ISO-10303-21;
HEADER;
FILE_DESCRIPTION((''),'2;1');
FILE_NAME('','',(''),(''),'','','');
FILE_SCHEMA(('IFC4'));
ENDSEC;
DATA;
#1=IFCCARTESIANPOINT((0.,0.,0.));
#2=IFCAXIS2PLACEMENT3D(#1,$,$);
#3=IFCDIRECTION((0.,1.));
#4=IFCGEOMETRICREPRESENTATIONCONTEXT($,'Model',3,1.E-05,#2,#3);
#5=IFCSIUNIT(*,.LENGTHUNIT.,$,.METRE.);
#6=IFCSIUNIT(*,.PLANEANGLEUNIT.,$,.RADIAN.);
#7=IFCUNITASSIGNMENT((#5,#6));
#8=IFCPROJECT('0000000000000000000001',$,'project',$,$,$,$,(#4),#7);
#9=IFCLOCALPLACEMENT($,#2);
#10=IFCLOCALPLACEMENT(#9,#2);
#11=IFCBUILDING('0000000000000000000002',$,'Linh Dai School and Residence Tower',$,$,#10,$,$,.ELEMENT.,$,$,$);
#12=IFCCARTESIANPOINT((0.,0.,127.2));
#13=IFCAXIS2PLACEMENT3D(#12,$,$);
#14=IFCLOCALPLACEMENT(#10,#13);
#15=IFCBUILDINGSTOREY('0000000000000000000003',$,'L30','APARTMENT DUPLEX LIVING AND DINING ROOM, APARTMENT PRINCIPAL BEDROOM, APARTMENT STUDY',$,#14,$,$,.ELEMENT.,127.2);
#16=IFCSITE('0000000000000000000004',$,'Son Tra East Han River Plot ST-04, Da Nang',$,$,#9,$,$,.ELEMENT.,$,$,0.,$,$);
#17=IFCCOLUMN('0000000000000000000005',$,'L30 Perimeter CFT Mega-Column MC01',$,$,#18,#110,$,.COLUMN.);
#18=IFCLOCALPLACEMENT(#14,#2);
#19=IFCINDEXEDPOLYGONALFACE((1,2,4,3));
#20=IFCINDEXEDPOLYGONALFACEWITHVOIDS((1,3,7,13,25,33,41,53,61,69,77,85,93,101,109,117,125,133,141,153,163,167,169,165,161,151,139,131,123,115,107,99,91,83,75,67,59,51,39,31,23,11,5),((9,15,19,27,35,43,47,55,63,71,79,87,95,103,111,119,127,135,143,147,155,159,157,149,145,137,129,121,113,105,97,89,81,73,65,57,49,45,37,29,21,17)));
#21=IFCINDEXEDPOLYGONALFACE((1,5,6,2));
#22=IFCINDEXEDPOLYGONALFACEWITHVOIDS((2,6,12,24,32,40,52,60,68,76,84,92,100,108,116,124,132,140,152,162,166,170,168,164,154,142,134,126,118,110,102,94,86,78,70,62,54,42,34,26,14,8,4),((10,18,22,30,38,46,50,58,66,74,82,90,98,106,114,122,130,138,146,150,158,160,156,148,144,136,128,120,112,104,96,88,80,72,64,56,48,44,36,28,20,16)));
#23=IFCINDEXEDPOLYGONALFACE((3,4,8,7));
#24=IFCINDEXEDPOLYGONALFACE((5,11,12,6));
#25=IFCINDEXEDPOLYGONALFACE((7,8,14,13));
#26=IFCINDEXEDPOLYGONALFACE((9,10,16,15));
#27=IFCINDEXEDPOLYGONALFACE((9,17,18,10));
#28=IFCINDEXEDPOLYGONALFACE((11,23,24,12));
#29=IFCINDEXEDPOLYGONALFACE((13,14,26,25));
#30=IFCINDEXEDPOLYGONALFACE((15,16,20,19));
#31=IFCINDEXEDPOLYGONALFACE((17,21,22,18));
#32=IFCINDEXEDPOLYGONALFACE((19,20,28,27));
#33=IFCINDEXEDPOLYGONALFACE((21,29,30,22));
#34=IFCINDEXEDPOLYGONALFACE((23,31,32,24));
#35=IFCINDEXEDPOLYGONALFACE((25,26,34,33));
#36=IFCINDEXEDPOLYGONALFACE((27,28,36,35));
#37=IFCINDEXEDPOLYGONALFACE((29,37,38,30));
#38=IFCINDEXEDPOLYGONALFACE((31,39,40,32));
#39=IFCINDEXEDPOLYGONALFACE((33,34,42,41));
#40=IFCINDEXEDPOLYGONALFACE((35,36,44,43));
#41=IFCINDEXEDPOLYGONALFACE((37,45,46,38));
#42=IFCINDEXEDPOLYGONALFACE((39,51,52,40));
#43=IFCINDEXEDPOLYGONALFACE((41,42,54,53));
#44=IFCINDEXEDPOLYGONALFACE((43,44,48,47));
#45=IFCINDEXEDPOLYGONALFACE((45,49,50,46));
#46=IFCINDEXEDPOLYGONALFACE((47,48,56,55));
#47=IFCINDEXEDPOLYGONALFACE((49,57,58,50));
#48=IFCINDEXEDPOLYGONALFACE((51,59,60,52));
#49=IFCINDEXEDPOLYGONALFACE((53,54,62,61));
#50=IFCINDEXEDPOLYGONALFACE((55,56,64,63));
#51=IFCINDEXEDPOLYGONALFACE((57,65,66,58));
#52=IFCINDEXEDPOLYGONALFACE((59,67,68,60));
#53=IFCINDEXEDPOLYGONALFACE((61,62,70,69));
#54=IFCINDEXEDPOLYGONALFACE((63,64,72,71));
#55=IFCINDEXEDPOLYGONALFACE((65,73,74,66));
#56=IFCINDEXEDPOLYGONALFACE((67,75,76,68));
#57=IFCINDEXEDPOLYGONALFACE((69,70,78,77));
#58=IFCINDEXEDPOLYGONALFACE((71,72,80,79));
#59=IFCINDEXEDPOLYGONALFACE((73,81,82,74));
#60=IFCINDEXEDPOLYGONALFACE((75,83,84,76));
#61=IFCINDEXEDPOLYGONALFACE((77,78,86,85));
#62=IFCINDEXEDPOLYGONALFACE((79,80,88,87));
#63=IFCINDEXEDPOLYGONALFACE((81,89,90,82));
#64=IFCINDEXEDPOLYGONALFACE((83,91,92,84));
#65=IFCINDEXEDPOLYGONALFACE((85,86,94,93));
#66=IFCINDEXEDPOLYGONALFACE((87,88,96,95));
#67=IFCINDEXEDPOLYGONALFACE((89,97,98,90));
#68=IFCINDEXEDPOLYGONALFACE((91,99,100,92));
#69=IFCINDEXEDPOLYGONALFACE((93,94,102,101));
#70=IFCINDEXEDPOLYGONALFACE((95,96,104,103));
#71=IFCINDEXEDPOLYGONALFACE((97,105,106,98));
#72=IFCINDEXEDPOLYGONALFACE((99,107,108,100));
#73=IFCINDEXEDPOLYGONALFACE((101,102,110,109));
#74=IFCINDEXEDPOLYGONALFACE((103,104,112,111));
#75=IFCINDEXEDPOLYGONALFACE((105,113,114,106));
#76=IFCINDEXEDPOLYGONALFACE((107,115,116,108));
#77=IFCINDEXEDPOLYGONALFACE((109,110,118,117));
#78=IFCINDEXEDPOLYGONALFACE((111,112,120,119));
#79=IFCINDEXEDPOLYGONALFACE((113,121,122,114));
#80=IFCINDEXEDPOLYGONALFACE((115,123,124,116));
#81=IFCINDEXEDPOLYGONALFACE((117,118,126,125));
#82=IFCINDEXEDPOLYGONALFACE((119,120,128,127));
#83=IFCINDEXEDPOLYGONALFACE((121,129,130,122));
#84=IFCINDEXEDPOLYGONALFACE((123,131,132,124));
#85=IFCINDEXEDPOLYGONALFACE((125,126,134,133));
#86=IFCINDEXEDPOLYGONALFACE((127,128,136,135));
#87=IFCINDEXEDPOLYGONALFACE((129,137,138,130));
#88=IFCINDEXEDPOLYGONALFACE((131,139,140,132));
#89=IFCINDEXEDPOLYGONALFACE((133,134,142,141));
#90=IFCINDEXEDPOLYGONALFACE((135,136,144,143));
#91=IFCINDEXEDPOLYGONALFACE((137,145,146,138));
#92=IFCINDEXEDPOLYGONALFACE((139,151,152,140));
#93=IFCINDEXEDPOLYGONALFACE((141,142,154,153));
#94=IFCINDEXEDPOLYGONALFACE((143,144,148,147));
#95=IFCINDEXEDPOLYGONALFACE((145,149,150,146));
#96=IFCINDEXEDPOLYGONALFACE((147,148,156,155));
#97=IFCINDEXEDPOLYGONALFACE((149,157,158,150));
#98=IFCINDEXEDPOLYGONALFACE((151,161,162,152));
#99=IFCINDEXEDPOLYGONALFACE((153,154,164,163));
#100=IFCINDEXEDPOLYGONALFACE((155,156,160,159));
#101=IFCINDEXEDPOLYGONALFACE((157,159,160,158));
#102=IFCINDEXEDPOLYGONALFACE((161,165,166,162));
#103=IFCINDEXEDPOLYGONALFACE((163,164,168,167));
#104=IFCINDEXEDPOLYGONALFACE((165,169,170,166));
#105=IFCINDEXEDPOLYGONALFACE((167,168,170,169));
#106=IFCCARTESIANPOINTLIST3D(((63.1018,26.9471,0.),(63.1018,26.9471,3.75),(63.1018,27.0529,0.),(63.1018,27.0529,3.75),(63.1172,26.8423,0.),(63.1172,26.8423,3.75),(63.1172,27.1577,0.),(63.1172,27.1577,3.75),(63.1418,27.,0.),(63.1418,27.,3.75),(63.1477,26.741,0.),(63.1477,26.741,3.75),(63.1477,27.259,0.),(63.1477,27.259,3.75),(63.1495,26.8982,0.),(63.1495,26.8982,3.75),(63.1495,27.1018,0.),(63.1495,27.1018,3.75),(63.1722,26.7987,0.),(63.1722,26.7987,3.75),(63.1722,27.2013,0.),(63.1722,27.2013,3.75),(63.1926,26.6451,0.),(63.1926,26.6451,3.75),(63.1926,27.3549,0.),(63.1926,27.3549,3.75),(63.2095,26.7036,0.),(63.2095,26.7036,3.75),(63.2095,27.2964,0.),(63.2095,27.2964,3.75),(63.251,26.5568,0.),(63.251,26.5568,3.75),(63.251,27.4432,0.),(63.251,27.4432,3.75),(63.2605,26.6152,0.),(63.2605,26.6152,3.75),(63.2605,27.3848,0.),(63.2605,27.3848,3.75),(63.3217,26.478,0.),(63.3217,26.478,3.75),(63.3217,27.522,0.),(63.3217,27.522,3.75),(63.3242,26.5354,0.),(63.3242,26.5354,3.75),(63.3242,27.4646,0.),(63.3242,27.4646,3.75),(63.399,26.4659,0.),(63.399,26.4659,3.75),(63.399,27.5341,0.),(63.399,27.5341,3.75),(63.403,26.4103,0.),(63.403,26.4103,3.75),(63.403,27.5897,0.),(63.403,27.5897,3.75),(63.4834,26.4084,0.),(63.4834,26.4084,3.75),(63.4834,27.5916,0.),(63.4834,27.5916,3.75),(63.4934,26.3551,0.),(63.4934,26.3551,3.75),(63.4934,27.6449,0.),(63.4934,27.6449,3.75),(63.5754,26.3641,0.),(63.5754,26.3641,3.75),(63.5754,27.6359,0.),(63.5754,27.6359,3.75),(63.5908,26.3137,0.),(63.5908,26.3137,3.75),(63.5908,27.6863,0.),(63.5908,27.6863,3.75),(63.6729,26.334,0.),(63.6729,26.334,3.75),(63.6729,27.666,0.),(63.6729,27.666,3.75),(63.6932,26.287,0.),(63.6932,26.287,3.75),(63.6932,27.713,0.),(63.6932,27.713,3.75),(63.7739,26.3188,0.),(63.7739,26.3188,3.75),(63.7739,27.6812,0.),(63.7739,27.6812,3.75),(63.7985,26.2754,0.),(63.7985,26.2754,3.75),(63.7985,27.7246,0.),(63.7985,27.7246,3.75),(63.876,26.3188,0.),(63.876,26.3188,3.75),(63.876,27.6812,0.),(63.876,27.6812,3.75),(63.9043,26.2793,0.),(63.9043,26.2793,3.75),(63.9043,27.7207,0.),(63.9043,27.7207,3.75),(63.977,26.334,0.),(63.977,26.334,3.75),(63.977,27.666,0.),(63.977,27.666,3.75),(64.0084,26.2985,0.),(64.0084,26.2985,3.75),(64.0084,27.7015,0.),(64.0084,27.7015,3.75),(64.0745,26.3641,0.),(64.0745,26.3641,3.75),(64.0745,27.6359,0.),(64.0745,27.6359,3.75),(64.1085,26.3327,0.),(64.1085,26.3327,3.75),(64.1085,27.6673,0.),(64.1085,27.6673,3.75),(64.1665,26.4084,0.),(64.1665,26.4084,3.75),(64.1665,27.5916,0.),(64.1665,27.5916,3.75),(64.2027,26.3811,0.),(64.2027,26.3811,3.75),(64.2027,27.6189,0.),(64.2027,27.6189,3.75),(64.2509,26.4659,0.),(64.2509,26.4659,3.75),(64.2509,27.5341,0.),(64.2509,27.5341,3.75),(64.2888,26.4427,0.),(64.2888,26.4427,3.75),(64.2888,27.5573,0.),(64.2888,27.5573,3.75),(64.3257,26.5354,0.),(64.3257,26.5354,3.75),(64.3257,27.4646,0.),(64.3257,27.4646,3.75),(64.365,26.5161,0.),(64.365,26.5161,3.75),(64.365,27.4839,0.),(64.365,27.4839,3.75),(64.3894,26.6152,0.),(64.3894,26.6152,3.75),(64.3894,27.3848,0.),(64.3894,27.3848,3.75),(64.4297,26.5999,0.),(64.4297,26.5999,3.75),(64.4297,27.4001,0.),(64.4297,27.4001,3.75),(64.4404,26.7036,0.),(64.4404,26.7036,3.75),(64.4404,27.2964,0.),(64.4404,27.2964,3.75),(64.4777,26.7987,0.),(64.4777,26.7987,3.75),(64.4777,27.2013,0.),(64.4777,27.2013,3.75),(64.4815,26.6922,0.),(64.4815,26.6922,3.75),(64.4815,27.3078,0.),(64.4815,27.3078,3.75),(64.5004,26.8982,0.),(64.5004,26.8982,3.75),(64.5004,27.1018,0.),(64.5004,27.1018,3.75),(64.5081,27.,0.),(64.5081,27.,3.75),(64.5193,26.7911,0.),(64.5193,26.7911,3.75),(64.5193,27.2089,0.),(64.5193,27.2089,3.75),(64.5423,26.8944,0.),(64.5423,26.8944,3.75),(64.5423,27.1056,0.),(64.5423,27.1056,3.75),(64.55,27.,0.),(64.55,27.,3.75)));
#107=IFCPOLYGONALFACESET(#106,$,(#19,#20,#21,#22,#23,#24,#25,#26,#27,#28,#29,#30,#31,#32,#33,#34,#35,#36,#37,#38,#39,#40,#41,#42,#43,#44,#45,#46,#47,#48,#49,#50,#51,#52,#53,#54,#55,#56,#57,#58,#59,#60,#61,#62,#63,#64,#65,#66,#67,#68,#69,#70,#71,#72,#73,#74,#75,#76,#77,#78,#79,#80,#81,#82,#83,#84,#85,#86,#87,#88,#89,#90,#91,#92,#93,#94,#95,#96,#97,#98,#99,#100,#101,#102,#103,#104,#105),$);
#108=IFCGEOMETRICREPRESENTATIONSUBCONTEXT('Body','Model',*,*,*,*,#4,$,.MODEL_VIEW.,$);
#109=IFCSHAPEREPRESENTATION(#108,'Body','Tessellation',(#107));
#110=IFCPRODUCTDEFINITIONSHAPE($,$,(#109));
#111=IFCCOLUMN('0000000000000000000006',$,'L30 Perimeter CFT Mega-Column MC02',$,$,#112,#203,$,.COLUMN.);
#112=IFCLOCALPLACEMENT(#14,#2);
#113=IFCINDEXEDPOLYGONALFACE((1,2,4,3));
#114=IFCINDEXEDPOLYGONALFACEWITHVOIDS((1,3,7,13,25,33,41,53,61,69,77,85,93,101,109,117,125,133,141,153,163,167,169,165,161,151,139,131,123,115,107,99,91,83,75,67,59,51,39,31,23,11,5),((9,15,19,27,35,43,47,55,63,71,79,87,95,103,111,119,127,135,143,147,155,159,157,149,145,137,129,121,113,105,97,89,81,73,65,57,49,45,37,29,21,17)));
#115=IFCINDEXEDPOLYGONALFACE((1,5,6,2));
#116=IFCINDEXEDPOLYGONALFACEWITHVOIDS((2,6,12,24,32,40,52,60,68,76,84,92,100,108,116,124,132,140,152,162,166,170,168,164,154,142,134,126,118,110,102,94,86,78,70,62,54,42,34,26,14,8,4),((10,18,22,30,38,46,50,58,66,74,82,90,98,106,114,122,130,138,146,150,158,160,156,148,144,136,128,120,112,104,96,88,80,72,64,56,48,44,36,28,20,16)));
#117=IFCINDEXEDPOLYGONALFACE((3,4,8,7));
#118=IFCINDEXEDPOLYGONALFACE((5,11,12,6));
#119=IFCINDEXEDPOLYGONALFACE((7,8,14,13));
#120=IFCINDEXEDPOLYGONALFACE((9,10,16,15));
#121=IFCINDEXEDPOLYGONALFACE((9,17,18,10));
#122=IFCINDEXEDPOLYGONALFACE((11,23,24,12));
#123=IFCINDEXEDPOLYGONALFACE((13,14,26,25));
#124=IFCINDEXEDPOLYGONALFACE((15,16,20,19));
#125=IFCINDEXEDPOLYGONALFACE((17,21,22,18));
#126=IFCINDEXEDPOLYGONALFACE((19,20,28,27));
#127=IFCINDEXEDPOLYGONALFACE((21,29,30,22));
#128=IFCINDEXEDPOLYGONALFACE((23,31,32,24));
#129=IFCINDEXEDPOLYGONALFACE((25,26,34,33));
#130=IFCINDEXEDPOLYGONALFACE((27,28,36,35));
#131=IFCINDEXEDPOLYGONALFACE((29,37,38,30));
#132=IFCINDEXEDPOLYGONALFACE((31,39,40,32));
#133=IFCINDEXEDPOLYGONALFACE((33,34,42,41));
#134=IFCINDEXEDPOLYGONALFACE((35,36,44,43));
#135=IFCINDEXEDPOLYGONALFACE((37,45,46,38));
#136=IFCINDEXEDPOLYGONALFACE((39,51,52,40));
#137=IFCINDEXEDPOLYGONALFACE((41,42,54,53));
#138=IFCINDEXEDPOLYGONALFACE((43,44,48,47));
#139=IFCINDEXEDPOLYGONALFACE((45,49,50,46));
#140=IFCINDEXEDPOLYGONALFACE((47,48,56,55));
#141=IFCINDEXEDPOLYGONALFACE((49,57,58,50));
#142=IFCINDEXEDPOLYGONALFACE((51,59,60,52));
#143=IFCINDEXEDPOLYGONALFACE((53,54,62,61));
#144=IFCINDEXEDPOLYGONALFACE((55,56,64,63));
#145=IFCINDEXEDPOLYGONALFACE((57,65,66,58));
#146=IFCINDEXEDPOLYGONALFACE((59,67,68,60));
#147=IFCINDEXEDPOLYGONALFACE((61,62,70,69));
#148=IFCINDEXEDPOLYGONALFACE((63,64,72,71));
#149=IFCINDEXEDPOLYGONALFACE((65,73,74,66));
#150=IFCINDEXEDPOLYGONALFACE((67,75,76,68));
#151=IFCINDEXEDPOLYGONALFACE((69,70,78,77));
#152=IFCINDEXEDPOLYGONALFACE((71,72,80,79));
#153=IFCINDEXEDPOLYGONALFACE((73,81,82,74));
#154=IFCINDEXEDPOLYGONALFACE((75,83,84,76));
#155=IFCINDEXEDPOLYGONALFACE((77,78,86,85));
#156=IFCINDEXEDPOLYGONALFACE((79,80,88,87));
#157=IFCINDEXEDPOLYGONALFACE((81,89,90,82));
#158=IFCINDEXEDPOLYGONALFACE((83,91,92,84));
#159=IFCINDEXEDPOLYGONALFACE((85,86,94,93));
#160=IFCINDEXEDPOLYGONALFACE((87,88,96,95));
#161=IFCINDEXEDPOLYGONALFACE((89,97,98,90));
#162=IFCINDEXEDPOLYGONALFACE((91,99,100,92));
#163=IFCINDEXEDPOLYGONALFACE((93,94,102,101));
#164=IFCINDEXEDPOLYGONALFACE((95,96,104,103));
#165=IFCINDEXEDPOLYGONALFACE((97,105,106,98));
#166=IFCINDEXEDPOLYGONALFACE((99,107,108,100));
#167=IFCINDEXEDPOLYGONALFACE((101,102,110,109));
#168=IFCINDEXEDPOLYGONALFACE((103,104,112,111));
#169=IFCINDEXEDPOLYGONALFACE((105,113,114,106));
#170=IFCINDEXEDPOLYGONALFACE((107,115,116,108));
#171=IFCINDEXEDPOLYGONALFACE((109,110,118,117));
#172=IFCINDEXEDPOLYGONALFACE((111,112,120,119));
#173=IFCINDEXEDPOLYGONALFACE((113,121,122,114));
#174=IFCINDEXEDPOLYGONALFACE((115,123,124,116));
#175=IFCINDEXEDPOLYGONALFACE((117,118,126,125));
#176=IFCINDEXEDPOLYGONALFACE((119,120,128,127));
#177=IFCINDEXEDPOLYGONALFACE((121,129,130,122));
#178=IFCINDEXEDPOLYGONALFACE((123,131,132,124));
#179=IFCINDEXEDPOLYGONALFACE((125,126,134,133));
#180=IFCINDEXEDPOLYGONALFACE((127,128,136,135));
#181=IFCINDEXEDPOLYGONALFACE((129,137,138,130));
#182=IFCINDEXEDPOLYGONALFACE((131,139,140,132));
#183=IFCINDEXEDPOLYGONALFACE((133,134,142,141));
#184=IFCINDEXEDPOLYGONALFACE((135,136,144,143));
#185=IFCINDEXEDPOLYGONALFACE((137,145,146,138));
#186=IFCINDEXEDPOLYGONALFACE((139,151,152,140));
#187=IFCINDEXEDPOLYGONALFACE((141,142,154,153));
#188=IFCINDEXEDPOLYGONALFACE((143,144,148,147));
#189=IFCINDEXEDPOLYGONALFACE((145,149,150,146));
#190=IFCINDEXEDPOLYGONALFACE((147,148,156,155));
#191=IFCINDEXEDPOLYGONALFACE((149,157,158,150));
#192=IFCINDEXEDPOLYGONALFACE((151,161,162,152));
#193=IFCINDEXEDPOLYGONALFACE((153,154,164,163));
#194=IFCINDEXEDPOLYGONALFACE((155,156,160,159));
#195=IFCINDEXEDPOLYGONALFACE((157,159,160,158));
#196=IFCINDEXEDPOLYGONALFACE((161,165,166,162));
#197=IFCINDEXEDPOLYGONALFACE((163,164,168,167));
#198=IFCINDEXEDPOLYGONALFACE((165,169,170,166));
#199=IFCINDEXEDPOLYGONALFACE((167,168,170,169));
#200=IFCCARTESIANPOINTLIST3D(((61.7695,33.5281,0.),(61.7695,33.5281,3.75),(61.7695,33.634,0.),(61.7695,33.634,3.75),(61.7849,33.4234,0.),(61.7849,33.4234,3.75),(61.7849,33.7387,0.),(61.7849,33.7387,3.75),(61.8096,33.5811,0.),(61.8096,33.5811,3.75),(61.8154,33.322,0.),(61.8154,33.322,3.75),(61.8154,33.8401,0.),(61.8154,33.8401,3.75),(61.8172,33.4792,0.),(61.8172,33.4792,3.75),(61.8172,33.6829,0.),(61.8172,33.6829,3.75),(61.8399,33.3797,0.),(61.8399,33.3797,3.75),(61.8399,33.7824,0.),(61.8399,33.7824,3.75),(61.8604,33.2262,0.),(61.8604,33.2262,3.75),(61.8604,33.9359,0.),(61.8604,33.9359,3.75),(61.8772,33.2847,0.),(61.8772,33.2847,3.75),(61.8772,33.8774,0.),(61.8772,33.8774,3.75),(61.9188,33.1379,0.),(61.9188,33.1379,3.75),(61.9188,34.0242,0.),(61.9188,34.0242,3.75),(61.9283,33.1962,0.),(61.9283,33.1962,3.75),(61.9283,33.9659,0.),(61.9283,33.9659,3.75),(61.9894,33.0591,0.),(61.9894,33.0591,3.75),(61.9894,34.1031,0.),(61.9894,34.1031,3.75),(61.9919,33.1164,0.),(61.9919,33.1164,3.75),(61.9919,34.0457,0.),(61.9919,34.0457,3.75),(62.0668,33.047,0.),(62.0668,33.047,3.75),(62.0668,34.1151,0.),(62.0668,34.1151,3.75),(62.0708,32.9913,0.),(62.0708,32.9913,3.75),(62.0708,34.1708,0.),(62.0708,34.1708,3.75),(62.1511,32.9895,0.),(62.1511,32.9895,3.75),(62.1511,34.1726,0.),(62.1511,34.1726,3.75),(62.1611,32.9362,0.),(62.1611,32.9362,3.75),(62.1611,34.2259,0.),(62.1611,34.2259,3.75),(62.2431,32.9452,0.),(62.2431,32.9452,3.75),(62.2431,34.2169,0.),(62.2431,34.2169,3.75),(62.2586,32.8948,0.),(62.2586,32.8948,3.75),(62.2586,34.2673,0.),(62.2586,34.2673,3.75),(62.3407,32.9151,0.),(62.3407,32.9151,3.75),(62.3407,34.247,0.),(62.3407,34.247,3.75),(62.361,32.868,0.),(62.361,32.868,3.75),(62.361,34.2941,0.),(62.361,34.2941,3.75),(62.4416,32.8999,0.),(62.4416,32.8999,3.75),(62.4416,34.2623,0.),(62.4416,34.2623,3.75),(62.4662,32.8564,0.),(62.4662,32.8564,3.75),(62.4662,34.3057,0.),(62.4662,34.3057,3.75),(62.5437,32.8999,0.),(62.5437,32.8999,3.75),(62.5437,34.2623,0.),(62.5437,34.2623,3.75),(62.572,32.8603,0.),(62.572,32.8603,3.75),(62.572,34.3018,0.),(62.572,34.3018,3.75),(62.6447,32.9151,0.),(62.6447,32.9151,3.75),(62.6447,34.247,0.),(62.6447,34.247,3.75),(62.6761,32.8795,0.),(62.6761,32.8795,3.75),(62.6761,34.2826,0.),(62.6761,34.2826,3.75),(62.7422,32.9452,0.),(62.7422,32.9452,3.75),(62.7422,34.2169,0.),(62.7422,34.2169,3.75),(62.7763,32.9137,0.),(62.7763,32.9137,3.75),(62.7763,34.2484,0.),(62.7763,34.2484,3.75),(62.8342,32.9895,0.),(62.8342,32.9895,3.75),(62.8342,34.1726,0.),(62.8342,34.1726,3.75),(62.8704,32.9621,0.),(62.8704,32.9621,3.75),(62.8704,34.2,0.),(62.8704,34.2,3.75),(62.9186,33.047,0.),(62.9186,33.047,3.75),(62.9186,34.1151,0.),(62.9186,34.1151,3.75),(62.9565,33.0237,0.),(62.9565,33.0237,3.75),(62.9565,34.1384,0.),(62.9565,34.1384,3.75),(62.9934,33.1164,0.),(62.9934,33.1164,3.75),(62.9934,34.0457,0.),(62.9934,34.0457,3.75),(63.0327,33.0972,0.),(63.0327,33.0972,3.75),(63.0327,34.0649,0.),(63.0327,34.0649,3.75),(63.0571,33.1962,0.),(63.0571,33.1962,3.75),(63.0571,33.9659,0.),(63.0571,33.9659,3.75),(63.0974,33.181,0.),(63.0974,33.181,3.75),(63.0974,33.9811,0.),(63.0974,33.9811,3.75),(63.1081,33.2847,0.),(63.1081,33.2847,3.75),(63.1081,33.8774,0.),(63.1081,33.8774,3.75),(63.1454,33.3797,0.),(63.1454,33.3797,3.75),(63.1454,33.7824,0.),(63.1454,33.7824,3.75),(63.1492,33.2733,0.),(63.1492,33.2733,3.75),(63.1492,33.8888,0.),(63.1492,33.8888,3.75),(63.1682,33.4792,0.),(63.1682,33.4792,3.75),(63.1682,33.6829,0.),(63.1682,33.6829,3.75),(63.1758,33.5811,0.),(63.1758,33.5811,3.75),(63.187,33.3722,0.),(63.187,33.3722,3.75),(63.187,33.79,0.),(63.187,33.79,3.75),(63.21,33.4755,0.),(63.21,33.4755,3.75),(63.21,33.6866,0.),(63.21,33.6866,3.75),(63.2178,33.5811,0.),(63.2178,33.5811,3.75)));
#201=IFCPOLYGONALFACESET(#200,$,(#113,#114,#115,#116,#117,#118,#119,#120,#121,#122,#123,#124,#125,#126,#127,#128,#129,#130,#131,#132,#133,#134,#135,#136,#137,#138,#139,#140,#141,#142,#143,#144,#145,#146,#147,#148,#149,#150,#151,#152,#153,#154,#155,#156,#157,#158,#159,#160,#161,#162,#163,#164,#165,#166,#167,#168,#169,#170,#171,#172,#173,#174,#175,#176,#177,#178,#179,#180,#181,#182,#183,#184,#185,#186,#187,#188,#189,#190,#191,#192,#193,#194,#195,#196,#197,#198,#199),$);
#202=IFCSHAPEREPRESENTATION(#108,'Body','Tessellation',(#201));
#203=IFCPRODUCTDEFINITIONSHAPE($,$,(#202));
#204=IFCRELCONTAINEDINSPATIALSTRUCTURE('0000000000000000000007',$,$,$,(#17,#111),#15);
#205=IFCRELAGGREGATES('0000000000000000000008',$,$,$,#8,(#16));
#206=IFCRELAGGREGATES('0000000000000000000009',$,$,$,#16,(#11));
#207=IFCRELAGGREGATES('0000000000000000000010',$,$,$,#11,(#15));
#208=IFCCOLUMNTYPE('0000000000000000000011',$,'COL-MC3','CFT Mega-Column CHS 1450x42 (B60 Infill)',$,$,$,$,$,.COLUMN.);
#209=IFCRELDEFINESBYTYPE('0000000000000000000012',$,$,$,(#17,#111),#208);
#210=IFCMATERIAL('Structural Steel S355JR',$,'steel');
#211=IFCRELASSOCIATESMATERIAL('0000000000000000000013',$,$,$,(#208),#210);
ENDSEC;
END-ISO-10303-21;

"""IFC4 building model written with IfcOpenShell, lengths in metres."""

from ifc_helpers import new_model, si_unit, direction, frame, origin, origin_2d, place, context, subcontext, project, spatial, hollow_circle, extrude, material, material_profile, profile_set, type_object, element, save


model = new_model("IFC4")

# Units and contexts
model_context = context("Model", 3, precision=1e-05, world=origin(), true_north=direction((0.0, 1.0)))
body_context = subcontext(model_context, "Body", "Model", "MODEL_VIEW")
ifc_project = project(units=[si_unit("LENGTHUNIT", "METRE"), si_unit("PLANEANGLEUNIT", "RADIAN")], contexts=[model_context])

# Site, building, storey
site_placement = place(None, origin())
site = spatial("IfcSite", under=ifc_project, at=site_placement, Name="Son Tra East Han River Plot ST-04, Da Nang", CompositionType="ELEMENT", RefElevation=0.0)
building_placement = place(site_placement, origin())
building = spatial("IfcBuilding", under=site, at=building_placement, Name="Linh Dai School and Residence Tower", CompositionType="ELEMENT")
storey_placement = place(building_placement, frame((0.0, 0.0, 127.2)))
storey = spatial("IfcBuildingStorey", under=building, at=storey_placement, Name="L30", Description="APARTMENT DUPLEX LIVING AND DINING ROOM, APARTMENT PRINCIPAL BEDROOM, APARTMENT STUDY", CompositionType="ELEMENT", Elevation=127.2)

# Columns
ifc_material_1 = material(Name="Structural Steel S355JR", Category="steel")
ifc_material_profile_1 = material_profile(ifc_material_1, hollow_circle(Radius=0.7251, WallThickness=0.042, at=origin_2d()), Name="CHS 1450x42")
ifc_profile_set_1 = profile_set([ifc_material_profile_1], Name="Structural Steel S355JR")
column_type = type_object("IfcColumnType", Name="COL-MC3", Description="CFT Mega-Column CHS 1450x42 (B60 Infill)", PredefinedType="COLUMN", material=ifc_profile_set_1)
for number, where, z_axis, x_axis, name in (
    (1, (63.825, 27.0, 0.0), (0.0, 0.0, 1.0), (1.0, 0.0, 0.0), "L30 Perimeter CFT Mega-Column MC01"),
    (2, (62.4927, 33.5811, 0.0), (0.0, 0.0, 1.0), (1.0, 0.0, 0.0), "L30 Perimeter CFT Mega-Column MC02"),
):
    element("IfcColumn", number, at=place(storey_placement, frame(where, z_axis=z_axis, x_axis=x_axis)), inside=storey, type_object=column_type, Name=name, PredefinedType="COLUMN", context=body_context, shape_type="SweptSolid", body=[
        extrude(hollow_circle(Radius=0.7251, WallThickness=0.042, at=origin_2d()), origin(), (0.0, 0.0, 1.0), 3.75),
    ])

save(model, "model.ifc")
